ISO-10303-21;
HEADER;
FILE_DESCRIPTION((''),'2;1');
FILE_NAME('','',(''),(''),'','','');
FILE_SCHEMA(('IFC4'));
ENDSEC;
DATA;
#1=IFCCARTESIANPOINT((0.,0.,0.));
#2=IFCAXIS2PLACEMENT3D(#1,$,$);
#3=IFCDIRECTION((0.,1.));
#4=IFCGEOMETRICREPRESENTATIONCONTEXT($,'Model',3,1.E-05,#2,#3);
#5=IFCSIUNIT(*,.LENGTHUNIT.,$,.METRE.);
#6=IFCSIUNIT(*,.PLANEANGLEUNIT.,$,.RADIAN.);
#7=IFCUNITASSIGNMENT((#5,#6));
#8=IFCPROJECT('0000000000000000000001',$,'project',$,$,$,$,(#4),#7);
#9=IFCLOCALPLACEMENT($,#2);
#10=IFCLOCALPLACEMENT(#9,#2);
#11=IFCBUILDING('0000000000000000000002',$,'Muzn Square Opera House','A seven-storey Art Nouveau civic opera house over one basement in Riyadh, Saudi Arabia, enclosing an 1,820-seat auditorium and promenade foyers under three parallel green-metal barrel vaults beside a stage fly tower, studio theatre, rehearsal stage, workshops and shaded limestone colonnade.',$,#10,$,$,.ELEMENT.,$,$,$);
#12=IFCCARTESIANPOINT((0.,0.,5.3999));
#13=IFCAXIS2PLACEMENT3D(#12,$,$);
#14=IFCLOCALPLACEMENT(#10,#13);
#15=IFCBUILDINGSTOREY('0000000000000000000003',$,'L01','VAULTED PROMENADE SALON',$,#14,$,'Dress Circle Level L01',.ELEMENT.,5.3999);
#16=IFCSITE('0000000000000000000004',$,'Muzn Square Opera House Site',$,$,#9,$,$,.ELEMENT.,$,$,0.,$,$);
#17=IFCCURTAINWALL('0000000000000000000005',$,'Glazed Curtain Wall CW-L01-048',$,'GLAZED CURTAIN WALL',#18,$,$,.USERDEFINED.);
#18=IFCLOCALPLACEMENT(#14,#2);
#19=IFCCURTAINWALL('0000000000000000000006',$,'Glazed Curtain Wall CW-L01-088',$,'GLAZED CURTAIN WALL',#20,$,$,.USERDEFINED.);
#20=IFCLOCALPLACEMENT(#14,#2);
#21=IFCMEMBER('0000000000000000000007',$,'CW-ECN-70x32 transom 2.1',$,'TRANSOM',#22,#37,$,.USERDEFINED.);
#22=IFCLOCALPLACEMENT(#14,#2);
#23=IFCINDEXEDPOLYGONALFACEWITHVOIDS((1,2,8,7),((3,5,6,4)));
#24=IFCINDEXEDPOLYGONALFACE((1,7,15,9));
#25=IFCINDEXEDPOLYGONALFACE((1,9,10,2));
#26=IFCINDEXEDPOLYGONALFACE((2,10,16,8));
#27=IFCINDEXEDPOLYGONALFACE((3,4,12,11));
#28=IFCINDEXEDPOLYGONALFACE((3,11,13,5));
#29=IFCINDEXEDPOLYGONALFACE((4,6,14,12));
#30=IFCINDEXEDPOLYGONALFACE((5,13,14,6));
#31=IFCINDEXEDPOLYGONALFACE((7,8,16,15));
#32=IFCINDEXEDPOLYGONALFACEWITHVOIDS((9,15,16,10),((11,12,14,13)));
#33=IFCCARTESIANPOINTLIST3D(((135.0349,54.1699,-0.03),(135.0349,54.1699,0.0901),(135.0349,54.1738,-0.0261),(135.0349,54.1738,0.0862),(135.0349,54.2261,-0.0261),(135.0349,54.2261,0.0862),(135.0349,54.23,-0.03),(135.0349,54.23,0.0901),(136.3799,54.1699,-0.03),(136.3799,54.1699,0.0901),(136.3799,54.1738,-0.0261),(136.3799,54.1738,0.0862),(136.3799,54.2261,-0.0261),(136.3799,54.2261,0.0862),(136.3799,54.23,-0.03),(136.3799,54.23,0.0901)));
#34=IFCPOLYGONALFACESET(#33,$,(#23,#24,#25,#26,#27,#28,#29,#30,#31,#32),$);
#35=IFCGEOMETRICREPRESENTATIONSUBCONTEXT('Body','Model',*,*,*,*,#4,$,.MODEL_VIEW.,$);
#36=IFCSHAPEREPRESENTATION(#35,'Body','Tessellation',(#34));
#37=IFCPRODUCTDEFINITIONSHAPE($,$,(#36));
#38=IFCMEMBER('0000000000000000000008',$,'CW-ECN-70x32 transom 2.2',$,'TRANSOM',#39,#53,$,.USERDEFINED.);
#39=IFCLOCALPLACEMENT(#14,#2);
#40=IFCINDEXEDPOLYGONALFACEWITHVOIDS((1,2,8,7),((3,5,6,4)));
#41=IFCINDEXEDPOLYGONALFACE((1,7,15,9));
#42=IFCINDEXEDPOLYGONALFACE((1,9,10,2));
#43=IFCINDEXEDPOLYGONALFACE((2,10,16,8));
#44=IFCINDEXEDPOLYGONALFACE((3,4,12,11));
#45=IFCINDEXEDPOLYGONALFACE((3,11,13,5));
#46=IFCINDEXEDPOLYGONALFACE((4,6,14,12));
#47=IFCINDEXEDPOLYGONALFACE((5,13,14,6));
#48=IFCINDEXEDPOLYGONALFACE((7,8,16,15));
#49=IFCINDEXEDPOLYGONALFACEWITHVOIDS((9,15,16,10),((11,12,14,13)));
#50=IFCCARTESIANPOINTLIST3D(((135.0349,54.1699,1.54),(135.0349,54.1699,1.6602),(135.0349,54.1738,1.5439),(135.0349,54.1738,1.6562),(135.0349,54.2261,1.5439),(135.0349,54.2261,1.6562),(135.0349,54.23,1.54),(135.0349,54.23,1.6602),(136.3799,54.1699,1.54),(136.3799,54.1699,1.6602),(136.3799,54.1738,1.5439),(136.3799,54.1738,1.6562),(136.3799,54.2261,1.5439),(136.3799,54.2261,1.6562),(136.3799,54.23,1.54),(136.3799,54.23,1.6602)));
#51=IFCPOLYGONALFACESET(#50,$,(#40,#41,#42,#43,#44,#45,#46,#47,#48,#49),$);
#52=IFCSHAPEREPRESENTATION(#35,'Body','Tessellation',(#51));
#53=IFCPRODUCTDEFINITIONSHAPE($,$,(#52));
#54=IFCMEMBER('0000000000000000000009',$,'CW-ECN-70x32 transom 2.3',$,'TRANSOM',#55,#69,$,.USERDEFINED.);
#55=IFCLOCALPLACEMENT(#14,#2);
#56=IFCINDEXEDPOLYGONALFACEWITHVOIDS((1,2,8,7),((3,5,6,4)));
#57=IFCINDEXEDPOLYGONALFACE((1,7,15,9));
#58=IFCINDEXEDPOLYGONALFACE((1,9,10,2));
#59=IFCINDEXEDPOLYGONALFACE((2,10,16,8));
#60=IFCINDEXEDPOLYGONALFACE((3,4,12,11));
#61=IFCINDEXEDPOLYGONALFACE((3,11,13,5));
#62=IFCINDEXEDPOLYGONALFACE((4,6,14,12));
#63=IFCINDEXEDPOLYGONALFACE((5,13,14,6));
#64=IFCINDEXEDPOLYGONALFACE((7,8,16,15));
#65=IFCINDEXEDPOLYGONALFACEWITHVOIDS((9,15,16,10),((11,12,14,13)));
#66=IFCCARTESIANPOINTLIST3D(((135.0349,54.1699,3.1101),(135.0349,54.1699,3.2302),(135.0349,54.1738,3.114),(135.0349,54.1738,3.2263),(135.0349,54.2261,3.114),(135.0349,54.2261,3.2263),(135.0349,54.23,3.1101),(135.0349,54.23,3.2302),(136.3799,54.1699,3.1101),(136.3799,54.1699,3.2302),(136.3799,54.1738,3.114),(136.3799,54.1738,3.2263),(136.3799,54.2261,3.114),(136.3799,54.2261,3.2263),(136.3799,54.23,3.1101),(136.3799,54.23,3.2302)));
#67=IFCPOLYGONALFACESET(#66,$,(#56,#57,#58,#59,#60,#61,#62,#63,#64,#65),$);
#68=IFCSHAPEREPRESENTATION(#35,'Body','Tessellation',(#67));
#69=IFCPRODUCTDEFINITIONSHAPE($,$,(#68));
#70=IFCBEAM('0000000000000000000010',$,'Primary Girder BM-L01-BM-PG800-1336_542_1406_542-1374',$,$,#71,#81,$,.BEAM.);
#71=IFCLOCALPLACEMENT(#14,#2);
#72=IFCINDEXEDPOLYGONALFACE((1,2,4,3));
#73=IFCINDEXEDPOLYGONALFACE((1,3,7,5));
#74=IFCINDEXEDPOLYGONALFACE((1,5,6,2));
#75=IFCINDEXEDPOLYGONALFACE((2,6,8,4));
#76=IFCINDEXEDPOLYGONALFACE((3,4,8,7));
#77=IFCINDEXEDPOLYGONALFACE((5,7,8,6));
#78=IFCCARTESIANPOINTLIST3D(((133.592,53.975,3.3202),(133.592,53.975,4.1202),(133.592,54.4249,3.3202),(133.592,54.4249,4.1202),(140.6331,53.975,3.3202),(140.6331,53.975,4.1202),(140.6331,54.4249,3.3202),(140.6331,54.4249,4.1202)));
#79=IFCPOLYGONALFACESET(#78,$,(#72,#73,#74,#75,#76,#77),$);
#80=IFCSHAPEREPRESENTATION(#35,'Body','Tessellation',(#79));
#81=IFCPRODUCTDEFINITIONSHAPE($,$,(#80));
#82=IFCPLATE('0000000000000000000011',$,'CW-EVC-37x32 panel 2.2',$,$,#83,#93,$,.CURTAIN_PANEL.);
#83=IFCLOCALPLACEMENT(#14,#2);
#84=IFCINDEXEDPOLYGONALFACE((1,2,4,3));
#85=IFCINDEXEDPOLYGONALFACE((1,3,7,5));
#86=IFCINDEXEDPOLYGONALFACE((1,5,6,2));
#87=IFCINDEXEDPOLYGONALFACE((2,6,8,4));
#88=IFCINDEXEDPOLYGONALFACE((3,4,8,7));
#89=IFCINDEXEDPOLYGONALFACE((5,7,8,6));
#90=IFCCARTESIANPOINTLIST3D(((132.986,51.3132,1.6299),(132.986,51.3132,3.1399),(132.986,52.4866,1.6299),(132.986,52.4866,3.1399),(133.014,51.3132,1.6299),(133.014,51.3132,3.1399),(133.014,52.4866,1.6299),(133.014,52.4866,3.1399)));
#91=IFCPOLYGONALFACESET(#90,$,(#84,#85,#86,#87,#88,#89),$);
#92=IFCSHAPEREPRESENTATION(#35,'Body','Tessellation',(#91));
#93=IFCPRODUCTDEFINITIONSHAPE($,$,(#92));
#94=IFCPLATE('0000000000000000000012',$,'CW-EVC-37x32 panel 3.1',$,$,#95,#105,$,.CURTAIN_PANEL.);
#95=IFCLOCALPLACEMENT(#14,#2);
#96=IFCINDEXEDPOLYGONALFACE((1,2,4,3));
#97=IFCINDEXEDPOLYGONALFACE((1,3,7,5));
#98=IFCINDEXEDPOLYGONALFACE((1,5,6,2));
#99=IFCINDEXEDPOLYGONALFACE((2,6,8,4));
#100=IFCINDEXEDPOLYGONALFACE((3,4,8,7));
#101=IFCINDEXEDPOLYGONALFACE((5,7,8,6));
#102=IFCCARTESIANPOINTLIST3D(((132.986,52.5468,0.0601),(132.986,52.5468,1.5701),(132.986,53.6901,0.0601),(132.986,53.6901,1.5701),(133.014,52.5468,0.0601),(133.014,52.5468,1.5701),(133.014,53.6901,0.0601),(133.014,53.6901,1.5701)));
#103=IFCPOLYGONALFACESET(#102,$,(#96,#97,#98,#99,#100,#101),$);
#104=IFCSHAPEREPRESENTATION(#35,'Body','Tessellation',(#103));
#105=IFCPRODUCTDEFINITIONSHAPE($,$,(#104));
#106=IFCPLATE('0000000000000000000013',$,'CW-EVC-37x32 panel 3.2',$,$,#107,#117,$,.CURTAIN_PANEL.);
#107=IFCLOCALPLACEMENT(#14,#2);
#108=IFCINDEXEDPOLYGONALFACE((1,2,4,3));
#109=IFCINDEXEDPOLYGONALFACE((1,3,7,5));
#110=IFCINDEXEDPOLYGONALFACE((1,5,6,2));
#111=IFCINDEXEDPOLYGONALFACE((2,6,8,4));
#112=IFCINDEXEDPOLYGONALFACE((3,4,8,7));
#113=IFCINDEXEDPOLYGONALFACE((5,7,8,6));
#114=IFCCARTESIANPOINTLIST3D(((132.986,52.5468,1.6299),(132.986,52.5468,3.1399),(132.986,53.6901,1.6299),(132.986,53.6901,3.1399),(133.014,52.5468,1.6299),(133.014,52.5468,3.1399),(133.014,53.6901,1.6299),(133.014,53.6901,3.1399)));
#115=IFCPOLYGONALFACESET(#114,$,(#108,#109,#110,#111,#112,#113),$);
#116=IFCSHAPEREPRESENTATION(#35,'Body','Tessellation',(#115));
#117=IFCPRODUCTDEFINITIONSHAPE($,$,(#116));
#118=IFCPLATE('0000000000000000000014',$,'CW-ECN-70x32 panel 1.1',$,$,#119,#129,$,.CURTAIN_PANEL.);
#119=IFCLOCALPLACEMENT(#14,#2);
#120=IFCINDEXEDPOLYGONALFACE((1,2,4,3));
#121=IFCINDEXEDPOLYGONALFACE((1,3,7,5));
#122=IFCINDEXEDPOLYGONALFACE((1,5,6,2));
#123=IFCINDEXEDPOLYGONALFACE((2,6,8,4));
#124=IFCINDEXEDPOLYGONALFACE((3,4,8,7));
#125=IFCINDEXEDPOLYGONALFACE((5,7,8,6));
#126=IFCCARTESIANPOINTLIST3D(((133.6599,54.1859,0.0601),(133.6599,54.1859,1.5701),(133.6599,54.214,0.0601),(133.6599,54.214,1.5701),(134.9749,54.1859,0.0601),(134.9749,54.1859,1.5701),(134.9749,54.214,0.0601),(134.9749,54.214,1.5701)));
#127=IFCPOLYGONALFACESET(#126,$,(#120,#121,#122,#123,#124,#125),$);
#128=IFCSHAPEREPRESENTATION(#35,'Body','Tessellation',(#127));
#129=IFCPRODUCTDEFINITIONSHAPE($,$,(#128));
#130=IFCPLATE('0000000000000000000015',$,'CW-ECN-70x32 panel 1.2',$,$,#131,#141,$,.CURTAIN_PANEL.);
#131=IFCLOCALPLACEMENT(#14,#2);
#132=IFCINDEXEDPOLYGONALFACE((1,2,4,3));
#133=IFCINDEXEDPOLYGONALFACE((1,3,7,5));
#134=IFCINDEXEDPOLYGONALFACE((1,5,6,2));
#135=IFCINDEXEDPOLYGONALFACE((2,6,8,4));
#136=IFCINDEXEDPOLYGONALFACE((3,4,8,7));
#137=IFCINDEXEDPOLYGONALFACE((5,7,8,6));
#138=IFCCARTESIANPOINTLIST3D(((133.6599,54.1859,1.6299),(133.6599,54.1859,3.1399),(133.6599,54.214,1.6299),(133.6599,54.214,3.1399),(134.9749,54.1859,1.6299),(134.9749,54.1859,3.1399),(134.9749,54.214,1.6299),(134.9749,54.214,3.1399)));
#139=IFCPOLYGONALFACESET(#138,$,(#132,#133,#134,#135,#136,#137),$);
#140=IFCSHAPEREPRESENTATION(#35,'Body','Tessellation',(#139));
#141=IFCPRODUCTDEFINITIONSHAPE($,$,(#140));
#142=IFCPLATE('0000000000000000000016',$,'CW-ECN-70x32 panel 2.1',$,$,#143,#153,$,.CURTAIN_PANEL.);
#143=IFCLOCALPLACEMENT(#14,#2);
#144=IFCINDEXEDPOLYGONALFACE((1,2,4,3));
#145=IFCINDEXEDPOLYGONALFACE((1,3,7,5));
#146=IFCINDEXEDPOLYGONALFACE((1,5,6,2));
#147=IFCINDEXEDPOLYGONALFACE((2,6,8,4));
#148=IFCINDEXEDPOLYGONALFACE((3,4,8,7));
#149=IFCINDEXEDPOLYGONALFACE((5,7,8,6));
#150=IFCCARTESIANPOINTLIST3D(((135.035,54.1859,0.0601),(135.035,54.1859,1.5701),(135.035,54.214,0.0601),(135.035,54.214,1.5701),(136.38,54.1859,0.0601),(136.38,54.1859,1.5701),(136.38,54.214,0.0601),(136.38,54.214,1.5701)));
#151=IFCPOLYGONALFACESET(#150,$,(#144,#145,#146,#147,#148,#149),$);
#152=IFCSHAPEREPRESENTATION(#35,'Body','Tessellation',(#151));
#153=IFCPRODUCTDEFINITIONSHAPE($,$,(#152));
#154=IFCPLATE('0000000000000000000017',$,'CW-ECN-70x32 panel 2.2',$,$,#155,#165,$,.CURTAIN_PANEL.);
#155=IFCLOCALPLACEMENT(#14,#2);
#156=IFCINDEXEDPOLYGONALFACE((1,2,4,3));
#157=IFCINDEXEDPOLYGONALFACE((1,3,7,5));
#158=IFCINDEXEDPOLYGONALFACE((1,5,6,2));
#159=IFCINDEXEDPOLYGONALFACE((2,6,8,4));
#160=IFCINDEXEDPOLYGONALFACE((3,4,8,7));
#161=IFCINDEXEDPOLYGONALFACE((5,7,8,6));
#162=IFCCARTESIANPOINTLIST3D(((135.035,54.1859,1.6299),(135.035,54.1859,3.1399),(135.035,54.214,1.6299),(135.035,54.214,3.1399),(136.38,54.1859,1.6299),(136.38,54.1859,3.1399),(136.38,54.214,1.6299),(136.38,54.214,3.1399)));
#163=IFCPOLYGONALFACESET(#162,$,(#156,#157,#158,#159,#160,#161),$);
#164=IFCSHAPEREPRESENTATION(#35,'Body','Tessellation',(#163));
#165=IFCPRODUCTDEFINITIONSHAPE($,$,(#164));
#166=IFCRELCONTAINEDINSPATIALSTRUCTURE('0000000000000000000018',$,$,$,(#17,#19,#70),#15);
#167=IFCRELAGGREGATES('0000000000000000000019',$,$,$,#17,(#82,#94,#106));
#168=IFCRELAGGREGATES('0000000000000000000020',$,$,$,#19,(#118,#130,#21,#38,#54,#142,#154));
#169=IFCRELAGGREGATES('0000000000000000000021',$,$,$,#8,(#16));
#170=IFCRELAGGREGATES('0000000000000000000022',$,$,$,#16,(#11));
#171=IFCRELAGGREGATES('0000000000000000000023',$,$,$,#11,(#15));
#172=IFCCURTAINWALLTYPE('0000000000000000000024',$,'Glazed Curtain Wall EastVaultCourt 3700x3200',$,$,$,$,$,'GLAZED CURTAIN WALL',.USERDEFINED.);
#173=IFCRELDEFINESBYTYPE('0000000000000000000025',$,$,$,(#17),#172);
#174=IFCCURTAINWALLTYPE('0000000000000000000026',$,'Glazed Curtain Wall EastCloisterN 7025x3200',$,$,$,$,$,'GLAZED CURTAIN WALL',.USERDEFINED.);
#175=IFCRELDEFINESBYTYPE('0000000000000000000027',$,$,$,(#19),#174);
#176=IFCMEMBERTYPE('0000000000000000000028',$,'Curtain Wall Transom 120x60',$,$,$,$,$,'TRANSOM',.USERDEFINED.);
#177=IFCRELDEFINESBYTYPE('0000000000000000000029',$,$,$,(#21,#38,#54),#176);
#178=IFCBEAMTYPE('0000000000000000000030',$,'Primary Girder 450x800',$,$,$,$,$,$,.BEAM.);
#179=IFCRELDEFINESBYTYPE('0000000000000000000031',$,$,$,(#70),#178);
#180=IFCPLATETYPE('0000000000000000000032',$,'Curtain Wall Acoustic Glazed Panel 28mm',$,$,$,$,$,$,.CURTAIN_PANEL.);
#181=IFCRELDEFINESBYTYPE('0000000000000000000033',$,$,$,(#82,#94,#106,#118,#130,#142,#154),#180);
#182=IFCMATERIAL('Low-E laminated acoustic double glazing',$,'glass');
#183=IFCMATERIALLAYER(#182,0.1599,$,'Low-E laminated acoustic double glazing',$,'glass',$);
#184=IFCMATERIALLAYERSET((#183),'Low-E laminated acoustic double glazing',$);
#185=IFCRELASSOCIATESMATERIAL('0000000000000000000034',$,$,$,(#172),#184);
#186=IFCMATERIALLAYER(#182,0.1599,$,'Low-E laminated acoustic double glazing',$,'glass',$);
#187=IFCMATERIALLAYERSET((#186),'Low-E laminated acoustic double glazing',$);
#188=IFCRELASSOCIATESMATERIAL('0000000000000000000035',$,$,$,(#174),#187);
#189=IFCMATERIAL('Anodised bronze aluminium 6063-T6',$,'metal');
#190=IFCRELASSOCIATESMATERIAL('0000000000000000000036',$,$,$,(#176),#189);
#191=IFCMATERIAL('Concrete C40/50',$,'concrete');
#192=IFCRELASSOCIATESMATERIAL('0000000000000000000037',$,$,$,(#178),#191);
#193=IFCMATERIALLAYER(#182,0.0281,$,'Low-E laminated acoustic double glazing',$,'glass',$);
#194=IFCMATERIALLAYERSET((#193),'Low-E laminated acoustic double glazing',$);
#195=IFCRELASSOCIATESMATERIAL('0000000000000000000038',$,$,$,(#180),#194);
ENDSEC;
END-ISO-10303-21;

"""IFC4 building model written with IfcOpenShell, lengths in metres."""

from ifc_helpers import new_model, si_unit, direction, frame, origin, origin_2d, place, context, subcontext, project, spatial, rectangle, hollow_rectangle, extrude, material, layer, layer_set, material_profile, profile_set, type_object, element, aggregate, save


model = new_model("IFC4")

# Units and contexts
model_context = context("Model", 3, precision=1e-05, world=origin(), true_north=direction((0.0, 1.0)))
body_context = subcontext(model_context, "Body", "Model", "MODEL_VIEW")
ifc_project = project(units=[si_unit("LENGTHUNIT", "METRE"), si_unit("PLANEANGLEUNIT", "RADIAN")], contexts=[model_context])

# Site, building, storey
site_placement = place(None, origin())
site = spatial("IfcSite", under=ifc_project, at=site_placement, Name="Muzn Square Opera House Site", CompositionType="ELEMENT", RefElevation=0.0)
building_placement = place(site_placement, origin())
building = spatial("IfcBuilding", under=site, at=building_placement, Name="Muzn Square Opera House", Description="A seven-storey Art Nouveau civic opera house over one basement in Riyadh, Saudi Arabia, enclosing an 1,820-seat auditorium and promenade foyers under three parallel green-metal barrel vaults beside a stage fly tower, studio theatre, rehearsal stage, workshops and shaded limestone colonnade.", CompositionType="ELEMENT")
storey_placement = place(building_placement, frame((0.0, 0.0, 5.3999)))
storey = spatial("IfcBuildingStorey", under=building, at=storey_placement, Name="L01", Description="VAULTED PROMENADE SALON", LongName="Dress Circle Level L01", CompositionType="ELEMENT", Elevation=5.3999)

# Curtain walls
ifc_material_1 = material(Name="Low-E laminated acoustic double glazing", Category="glass")
ifc_layer_1 = layer(ifc_material_1, 0.1599, Name="Low-E laminated acoustic double glazing", Category="glass")
ifc_layer_set_1 = layer_set([ifc_layer_1], Name="Low-E laminated acoustic double glazing")
curtain_wall_type_1 = type_object("IfcCurtainWallType", Name="Glazed Curtain Wall EastVaultCourt 3700x3200", ElementType="GLAZED CURTAIN WALL", PredefinedType="USERDEFINED", material=ifc_layer_set_1)
curtain_wall_1_placement = place(storey_placement, origin())
curtain_wall_1 = element("IfcCurtainWall", 1, at=curtain_wall_1_placement, inside=storey, type_object=curtain_wall_type_1, Name="Glazed Curtain Wall CW-L01-048", ObjectType="GLAZED CURTAIN WALL", PredefinedType="USERDEFINED")
ifc_material_2 = material(Name="Anodised bronze aluminium 6063-T6", Category="metal")
ifc_layer_2 = layer(ifc_material_1, 0.1599, Name="Low-E laminated acoustic double glazing", Category="glass")
ifc_layer_set_2 = layer_set([ifc_layer_2], Name="Low-E laminated acoustic double glazing")
curtain_wall_type_2 = type_object("IfcCurtainWallType", Name="Glazed Curtain Wall EastCloisterN 7025x3200", ElementType="GLAZED CURTAIN WALL", PredefinedType="USERDEFINED", material=ifc_layer_set_2)
curtain_wall_2_placement = place(storey_placement, origin())
curtain_wall_2 = element("IfcCurtainWall", 2, at=curtain_wall_2_placement, inside=storey, type_object=curtain_wall_type_2, Name="Glazed Curtain Wall CW-L01-088", ObjectType="GLAZED CURTAIN WALL", PredefinedType="USERDEFINED")

# Members
ifc_material_profile_1 = material_profile(ifc_material_2, hollow_rectangle(XDim=0.0601, YDim=0.1201, WallThickness=0.0039, at=origin_2d()), Name="ALU 120x60x4", Category="metal")
ifc_profile_set_1 = profile_set([ifc_material_profile_1], Name="Anodised bronze aluminium 6063-T6")
member_type_1 = type_object("IfcMemberType", Name="Curtain Wall Transom 120x60", ElementType="TRANSOM", PredefinedType="USERDEFINED", material=ifc_profile_set_1)
member_1_placement = place(storey_placement, frame((135.0349, 54.2, 0.03), z_axis=(1.0, 0.0, 0.0), x_axis=(0.0, 1.0, 0.0)))
member_1 = element("IfcMember", 3, at=member_1_placement, type_object=member_type_1, Name="CW-ECN-70x32 transom 2.1", ObjectType="TRANSOM", PredefinedType="USERDEFINED", context=body_context, shape_type="SweptSolid", body=[
    extrude(hollow_rectangle(XDim=0.0601, YDim=0.1201, WallThickness=0.0039, at=origin_2d()), origin(), (0.0, 0.0, 1.0), 1.345),
])
member_2_placement = place(storey_placement, frame((135.0349, 54.2, 1.6001), z_axis=(1.0, 0.0, 0.0), x_axis=(0.0, 1.0, 0.0)))
member_2 = element("IfcMember", 4, at=member_2_placement, type_object=member_type_1, Name="CW-ECN-70x32 transom 2.2", ObjectType="TRANSOM", PredefinedType="USERDEFINED", context=body_context, shape_type="SweptSolid", body=[
    extrude(hollow_rectangle(XDim=0.0601, YDim=0.1201, WallThickness=0.0039, at=origin_2d()), origin(), (0.0, 0.0, 1.0), 1.345),
])
member_3_placement = place(storey_placement, frame((135.0349, 54.2, 3.1702), z_axis=(1.0, 0.0, 0.0), x_axis=(0.0, 1.0, 0.0)))
member_3 = element("IfcMember", 5, at=member_3_placement, type_object=member_type_1, Name="CW-ECN-70x32 transom 2.3", ObjectType="TRANSOM", PredefinedType="USERDEFINED", context=body_context, shape_type="SweptSolid", body=[
    extrude(hollow_rectangle(XDim=0.0601, YDim=0.1201, WallThickness=0.0039, at=origin_2d()), origin(), (0.0, 0.0, 1.0), 1.345),
])

# Beam
ifc_material_3 = material(Name="Concrete C40/50", Category="concrete")
ifc_material_profile_2 = material_profile(ifc_material_3, rectangle(XDim=0.45, YDim=0.8, at=origin_2d()), Name="RCB 450x800", Category="concrete")
ifc_profile_set_2 = profile_set([ifc_material_profile_2], Name="Concrete C40/50")
beam_type = type_object("IfcBeamType", Name="Primary Girder 450x800", PredefinedType="BEAM", material=ifc_profile_set_2)
beam_placement = place(storey_placement, frame((133.592, 54.2, 3.7202), z_axis=(1.0, 0.0, 0.0), x_axis=(0.0, 1.0, 0.0)))
element("IfcBeam", 6, at=beam_placement, inside=storey, type_object=beam_type, Name="Primary Girder BM-L01-BM-PG800-1336_542_1406_542-1374", PredefinedType="BEAM", context=body_context, shape_type="SweptSolid", body=[
    extrude(rectangle(XDim=0.45, YDim=0.8, at=origin_2d()), origin(), (0.0, 0.0, 1.0), 7.041),
])

# Plates
ifc_layer_3 = layer(ifc_material_1, 0.0281, Name="Low-E laminated acoustic double glazing", Category="glass")
ifc_layer_set_3 = layer_set([ifc_layer_3], Name="Low-E laminated acoustic double glazing")
plate_type = type_object("IfcPlateType", Name="Curtain Wall Acoustic Glazed Panel 28mm", PredefinedType="CURTAIN_PANEL", material=ifc_layer_set_3)
plate_1_placement = place(storey_placement, frame((133.0, 51.8999, 1.6299), z_axis=(0.0, 0.0, 1.0), x_axis=(0.0, 1.0, 0.0)))
plate_1 = element("IfcPlate", 7, at=plate_1_placement, type_object=plate_type, Name="CW-EVC-37x32 panel 2.2", PredefinedType="CURTAIN_PANEL", context=body_context, shape_type="SweptSolid", body=[
    extrude(rectangle(XDim=1.1733, YDim=0.0281, at=origin_2d()), origin(), (0.0, 0.0, 1.0), 1.51),
])
plate_2_placement = place(storey_placement, frame((133.0, 53.1184, 0.0601), z_axis=(0.0, 0.0, 1.0), x_axis=(0.0, 1.0, 0.0)))
plate_2 = element("IfcPlate", 8, at=plate_2_placement, type_object=plate_type, Name="CW-EVC-37x32 panel 3.1", PredefinedType="CURTAIN_PANEL", context=body_context, shape_type="SweptSolid", body=[
    extrude(rectangle(XDim=1.1433, YDim=0.0281, at=origin_2d()), origin(), (0.0, 0.0, 1.0), 1.51),
])
plate_3_placement = place(storey_placement, frame((133.0, 53.1184, 1.6299), z_axis=(0.0, 0.0, 1.0), x_axis=(0.0, 1.0, 0.0)))
plate_3 = element("IfcPlate", 9, at=plate_3_placement, type_object=plate_type, Name="CW-EVC-37x32 panel 3.2", PredefinedType="CURTAIN_PANEL", context=body_context, shape_type="SweptSolid", body=[
    extrude(rectangle(XDim=1.1433, YDim=0.0281, at=origin_2d()), origin(), (0.0, 0.0, 1.0), 1.51),
])
aggregate(curtain_wall_1, [plate_1, plate_2, plate_3])
plate_4_placement = place(storey_placement, frame((134.3174, 54.2, 0.0601), z_axis=(0.0, 0.0, 1.0), x_axis=(1.0, 0.0, 0.0)))
plate_4 = element("IfcPlate", 10, at=plate_4_placement, type_object=plate_type, Name="CW-ECN-70x32 panel 1.1", PredefinedType="CURTAIN_PANEL", context=body_context, shape_type="SweptSolid", body=[
    extrude(rectangle(XDim=1.3149, YDim=0.0281, at=origin_2d()), origin(), (0.0, 0.0, 1.0), 1.51),
])
plate_5_placement = place(storey_placement, frame((134.3174, 54.2, 1.6299), z_axis=(0.0, 0.0, 1.0), x_axis=(1.0, 0.0, 0.0)))
plate_5 = element("IfcPlate", 11, at=plate_5_placement, type_object=plate_type, Name="CW-ECN-70x32 panel 1.2", PredefinedType="CURTAIN_PANEL", context=body_context, shape_type="SweptSolid", body=[
    extrude(rectangle(XDim=1.3149, YDim=0.0281, at=origin_2d()), origin(), (0.0, 0.0, 1.0), 1.51),
])
plate_6_placement = place(storey_placement, frame((135.7075, 54.2, 0.0601), z_axis=(0.0, 0.0, 1.0), x_axis=(1.0, 0.0, 0.0)))
plate_6 = element("IfcPlate", 12, at=plate_6_placement, type_object=plate_type, Name="CW-ECN-70x32 panel 2.1", PredefinedType="CURTAIN_PANEL", context=body_context, shape_type="SweptSolid", body=[
    extrude(rectangle(XDim=1.345, YDim=0.0281, at=origin_2d()), origin(), (0.0, 0.0, 1.0), 1.51),
])
plate_7_placement = place(storey_placement, frame((135.7075, 54.2, 1.6299), z_axis=(0.0, 0.0, 1.0), x_axis=(1.0, 0.0, 0.0)))
plate_7 = element("IfcPlate", 13, at=plate_7_placement, type_object=plate_type, Name="CW-ECN-70x32 panel 2.2", PredefinedType="CURTAIN_PANEL", context=body_context, shape_type="SweptSolid", body=[
    extrude(rectangle(XDim=1.345, YDim=0.0281, at=origin_2d()), origin(), (0.0, 0.0, 1.0), 1.51),
])
aggregate(curtain_wall_2, [plate_4, plate_5, member_1, member_2, member_3, plate_6, plate_7])

save(model, "model.ifc")
